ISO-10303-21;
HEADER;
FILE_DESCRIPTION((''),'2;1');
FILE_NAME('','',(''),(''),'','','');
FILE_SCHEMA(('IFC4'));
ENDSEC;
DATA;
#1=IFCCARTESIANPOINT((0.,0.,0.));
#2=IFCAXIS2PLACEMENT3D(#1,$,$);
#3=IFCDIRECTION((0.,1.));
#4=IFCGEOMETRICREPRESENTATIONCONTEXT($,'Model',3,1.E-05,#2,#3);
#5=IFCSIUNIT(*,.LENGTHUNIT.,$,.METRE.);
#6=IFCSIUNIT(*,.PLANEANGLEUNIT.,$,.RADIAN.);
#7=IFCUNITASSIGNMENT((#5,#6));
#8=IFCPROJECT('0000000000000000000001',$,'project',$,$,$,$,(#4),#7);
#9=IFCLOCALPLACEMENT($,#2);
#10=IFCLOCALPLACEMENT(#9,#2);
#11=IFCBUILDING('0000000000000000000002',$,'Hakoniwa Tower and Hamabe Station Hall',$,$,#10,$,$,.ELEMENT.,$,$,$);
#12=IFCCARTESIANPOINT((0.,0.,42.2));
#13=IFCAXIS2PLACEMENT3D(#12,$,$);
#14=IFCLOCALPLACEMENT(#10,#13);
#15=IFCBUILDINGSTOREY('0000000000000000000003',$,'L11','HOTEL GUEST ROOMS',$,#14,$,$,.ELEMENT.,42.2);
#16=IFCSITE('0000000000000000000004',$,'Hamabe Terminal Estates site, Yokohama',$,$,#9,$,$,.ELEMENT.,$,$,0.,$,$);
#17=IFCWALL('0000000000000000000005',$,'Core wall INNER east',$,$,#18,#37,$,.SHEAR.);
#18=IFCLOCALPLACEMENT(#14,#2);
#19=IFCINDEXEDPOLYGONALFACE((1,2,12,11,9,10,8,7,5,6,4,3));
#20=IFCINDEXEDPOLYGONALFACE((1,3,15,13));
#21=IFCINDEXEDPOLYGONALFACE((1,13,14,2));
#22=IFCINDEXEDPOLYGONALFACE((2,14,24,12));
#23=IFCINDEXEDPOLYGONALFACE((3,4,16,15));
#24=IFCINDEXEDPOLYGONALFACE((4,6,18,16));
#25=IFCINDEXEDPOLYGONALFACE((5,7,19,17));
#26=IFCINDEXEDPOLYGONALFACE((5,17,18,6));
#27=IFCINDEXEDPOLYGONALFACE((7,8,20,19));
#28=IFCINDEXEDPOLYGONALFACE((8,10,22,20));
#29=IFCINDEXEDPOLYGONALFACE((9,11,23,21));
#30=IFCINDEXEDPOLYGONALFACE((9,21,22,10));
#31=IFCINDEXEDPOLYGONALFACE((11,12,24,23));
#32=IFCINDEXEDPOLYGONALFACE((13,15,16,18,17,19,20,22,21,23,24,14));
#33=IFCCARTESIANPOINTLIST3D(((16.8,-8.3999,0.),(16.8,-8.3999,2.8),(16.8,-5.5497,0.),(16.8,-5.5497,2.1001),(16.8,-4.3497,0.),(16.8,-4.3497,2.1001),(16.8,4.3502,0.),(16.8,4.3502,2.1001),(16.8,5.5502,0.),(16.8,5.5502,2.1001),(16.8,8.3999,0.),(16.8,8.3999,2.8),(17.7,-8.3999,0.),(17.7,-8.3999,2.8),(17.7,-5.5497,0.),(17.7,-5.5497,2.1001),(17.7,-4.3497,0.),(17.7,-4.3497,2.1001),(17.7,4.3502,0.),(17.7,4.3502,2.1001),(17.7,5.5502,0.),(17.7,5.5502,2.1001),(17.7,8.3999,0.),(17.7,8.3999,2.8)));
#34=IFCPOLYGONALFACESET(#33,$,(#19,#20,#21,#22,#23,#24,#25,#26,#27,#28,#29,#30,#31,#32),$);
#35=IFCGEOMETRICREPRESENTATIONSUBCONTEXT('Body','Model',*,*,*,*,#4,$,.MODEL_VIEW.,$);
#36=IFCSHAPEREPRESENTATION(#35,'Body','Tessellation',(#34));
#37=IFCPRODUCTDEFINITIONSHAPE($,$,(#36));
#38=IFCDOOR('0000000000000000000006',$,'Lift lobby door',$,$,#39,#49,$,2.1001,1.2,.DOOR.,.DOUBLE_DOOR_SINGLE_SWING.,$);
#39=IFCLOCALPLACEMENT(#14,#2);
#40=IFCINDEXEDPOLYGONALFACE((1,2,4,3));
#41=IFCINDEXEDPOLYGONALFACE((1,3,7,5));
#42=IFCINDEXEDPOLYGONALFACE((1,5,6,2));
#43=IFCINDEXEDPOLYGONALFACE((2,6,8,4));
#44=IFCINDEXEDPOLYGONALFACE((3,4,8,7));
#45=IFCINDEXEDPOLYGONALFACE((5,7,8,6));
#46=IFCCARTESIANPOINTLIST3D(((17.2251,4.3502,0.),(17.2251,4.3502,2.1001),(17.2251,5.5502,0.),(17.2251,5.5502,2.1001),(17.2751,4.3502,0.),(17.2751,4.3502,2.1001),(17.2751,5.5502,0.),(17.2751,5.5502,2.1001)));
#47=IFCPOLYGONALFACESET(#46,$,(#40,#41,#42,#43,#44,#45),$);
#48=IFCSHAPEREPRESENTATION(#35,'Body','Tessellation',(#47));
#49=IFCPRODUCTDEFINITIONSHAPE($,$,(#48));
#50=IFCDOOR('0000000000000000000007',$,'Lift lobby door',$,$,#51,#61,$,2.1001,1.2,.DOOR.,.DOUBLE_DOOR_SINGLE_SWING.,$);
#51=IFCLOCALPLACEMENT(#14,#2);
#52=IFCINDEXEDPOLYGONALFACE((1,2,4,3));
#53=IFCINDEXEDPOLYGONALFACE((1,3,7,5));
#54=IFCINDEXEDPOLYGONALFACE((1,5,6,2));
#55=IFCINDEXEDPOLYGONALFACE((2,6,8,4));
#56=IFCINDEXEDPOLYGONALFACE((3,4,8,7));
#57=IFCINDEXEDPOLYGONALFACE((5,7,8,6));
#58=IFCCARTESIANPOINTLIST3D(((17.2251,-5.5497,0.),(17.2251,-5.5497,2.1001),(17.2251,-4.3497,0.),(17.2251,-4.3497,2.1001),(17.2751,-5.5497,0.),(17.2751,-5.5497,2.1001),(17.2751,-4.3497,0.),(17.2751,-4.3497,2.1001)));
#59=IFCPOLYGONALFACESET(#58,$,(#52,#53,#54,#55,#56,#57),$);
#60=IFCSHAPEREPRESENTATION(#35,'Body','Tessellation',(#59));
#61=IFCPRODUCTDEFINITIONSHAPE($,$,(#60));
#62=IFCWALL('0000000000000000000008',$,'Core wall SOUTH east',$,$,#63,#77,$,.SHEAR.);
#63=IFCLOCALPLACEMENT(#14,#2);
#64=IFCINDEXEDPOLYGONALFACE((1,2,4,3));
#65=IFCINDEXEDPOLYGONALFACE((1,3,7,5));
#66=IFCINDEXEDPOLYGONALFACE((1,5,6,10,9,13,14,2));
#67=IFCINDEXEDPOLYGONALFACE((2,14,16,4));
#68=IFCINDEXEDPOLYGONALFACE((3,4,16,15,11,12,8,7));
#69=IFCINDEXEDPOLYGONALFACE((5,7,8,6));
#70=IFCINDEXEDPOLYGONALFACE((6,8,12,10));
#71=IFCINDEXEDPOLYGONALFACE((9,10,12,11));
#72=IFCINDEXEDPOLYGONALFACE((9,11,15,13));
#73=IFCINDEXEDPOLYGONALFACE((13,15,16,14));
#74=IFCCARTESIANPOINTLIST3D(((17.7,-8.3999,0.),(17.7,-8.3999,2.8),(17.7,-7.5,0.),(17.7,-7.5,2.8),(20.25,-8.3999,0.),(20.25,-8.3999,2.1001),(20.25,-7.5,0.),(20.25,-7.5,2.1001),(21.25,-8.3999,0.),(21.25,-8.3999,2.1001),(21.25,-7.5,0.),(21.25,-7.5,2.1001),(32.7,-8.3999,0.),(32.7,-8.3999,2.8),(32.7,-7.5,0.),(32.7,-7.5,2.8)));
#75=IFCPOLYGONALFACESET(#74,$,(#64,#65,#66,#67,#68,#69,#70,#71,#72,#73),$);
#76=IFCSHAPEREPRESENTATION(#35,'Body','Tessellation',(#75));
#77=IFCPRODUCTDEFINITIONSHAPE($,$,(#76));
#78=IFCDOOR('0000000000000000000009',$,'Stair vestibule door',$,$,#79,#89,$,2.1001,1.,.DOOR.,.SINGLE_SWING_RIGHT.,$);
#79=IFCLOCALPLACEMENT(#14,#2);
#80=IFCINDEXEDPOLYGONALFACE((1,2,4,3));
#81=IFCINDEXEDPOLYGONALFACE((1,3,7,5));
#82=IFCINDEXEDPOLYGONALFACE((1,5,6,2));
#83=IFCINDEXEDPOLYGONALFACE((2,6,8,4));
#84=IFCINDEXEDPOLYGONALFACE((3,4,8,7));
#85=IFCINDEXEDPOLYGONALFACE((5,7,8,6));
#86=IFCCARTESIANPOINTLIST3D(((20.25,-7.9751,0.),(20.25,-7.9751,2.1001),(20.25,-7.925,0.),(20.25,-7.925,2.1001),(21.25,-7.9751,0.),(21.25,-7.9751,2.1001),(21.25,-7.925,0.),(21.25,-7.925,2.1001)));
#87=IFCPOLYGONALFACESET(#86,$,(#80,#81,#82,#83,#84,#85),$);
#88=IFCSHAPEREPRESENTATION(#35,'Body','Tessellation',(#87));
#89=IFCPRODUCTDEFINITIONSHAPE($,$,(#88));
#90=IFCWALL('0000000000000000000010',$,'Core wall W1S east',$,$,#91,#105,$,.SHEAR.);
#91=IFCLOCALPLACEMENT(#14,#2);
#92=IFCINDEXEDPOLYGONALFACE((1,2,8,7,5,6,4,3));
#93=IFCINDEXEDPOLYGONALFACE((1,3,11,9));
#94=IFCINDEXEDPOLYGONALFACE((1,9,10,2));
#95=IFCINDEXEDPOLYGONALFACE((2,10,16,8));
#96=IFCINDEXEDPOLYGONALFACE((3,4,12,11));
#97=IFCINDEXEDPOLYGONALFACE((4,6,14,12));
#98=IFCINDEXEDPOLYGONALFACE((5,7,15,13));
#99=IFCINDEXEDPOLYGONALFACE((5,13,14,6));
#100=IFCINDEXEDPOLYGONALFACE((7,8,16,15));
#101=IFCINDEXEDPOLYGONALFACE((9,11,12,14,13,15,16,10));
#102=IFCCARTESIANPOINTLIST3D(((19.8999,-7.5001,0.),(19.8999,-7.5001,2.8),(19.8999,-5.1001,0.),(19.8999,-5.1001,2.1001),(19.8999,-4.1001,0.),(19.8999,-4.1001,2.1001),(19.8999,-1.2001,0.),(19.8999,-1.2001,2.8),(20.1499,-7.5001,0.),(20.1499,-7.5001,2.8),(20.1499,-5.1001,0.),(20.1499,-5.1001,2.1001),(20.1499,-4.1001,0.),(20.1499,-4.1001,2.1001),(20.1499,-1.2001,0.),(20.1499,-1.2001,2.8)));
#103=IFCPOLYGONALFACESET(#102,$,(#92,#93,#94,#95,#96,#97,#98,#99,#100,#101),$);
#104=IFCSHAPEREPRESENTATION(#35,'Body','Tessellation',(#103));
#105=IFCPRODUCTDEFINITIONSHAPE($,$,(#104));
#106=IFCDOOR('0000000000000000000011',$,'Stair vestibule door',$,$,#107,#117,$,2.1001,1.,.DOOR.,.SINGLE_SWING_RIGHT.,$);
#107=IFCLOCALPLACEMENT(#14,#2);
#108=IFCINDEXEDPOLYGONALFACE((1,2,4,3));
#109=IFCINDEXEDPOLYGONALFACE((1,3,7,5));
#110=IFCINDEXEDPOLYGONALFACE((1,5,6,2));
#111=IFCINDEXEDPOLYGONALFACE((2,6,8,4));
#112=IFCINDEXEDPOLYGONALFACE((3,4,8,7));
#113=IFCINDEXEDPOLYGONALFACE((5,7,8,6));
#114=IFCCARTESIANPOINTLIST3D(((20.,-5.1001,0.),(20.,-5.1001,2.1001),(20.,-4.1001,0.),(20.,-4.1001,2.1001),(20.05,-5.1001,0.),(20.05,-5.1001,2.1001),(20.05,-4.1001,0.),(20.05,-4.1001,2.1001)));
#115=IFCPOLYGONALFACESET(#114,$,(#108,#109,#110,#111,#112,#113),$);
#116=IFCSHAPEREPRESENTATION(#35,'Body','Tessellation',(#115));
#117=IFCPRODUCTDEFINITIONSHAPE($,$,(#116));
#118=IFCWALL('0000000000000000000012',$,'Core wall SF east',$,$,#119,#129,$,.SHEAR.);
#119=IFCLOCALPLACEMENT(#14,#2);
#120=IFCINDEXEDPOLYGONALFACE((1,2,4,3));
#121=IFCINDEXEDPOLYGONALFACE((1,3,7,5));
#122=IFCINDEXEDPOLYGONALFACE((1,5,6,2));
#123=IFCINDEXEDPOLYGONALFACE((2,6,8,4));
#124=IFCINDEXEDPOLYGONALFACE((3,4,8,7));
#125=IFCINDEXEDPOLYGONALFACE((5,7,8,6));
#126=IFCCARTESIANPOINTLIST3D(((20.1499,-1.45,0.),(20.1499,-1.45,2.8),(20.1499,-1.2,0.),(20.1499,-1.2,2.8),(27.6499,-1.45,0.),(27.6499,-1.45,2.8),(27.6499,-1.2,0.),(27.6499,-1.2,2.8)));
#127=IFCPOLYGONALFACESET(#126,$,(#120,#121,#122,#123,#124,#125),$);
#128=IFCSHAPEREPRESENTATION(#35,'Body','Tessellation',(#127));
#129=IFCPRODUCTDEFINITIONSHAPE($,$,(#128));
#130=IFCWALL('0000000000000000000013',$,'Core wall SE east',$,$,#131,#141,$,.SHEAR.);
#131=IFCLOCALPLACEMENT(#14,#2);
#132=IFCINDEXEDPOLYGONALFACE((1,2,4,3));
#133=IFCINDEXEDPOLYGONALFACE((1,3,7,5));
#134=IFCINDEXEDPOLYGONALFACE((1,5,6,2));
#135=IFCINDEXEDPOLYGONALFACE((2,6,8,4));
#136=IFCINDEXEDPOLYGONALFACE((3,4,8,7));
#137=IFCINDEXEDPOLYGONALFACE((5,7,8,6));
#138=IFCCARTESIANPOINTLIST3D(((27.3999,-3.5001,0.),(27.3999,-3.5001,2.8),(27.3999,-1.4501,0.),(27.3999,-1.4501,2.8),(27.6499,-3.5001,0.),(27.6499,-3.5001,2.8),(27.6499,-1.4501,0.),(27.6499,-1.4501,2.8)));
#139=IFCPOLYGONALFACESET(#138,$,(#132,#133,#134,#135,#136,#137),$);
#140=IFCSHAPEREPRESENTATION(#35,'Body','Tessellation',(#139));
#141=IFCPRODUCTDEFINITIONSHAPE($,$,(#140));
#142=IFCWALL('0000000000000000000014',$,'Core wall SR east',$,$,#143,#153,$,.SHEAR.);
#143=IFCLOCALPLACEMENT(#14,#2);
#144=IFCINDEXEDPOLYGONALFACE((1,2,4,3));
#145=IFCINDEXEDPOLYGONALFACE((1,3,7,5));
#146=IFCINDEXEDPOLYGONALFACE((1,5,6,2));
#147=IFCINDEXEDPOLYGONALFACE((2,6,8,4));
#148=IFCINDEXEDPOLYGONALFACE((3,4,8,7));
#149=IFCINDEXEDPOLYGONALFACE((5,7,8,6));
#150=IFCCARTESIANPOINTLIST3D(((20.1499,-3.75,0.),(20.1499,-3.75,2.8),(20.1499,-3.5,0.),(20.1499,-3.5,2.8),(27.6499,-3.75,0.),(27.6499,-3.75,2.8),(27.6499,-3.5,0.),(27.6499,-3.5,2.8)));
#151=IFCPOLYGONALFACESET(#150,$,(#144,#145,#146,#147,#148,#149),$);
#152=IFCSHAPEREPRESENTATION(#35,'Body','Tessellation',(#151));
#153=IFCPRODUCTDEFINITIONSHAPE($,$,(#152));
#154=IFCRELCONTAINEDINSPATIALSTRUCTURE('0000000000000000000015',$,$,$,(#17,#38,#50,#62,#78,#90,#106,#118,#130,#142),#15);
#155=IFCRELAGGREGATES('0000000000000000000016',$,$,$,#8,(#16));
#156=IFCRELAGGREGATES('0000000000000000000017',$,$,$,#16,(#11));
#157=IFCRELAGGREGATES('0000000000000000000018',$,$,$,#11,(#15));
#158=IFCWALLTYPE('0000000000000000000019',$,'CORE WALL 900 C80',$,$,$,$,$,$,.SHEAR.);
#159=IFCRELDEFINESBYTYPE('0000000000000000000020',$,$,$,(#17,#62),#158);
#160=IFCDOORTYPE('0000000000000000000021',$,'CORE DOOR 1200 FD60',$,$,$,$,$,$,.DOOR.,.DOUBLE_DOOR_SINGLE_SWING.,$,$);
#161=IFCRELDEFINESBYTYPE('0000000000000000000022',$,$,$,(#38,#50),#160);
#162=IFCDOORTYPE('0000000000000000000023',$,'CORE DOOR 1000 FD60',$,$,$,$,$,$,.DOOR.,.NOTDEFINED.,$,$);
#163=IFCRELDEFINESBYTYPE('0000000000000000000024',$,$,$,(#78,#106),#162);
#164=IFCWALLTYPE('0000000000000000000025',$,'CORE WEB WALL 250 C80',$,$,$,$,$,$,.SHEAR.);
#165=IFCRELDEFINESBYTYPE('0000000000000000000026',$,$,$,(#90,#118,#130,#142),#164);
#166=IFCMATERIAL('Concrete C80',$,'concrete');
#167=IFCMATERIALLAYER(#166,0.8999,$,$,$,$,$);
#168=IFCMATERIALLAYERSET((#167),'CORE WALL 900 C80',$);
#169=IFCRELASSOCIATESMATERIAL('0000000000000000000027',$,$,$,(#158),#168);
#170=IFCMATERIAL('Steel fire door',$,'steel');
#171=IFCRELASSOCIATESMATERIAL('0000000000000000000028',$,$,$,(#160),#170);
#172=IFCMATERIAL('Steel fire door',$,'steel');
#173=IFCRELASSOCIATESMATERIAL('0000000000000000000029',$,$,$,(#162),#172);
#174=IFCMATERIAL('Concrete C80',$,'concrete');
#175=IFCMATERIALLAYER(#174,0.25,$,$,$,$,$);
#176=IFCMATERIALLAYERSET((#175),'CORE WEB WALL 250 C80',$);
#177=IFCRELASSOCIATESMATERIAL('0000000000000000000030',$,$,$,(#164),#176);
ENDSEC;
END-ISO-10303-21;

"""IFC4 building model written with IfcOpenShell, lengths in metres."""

from ifc_helpers import new_model, si_unit, direction, frame, frame_2d, origin, place, context, subcontext, project, spatial, rectangle, extrude, material, layer, layer_set, type_object, element, fill, save


model = new_model("IFC4")

# Units and contexts
model_context = context("Model", 3, precision=1e-05, world=origin(), true_north=direction((0.0, 1.0)))
body_context = subcontext(model_context, "Body", "Model", "MODEL_VIEW")
ifc_project = project(units=[si_unit("LENGTHUNIT", "METRE"), si_unit("PLANEANGLEUNIT", "RADIAN")], contexts=[model_context])

# Site, building, storey
site_placement = place(None, origin())
site = spatial("IfcSite", under=ifc_project, at=site_placement, Name="Hamabe Terminal Estates site, Yokohama", CompositionType="ELEMENT", RefElevation=0.0)
building_placement = place(site_placement, origin())
building = spatial("IfcBuilding", under=site, at=building_placement, Name="Hakoniwa Tower and Hamabe Station Hall", CompositionType="ELEMENT")
storey_placement = place(building_placement, frame((0.0, 0.0, 42.2)))
storey = spatial("IfcBuildingStorey", under=building, at=storey_placement, Name="L11", Description="HOTEL GUEST ROOMS", CompositionType="ELEMENT", Elevation=42.2)

# Wall, openings, doors
ifc_material_1 = material(Name="Concrete C80", Category="concrete")
ifc_layer_1 = layer(ifc_material_1, 0.8999)
ifc_layer_set_1 = layer_set([ifc_layer_1], Name="CORE WALL 900 C80")
wall_type_1 = type_object("IfcWallType", Name="CORE WALL 900 C80", PredefinedType="SHEAR", material=ifc_layer_set_1)
wall_1_placement = place(storey_placement, frame((17.25, -8.3999, 0.0), z_axis=(0.0, 0.0, 1.0), x_axis=(0.0, 1.0, 0.0)))
wall_1 = element("IfcWall", 1, at=wall_1_placement, inside=storey, type_object=wall_type_1, Name="Core wall INNER east", PredefinedType="SHEAR", context=body_context, shape_type="SweptSolid", body=[
    extrude(rectangle(XDim=16.7998, YDim=0.8999, at=frame_2d((8.3999, 0.0))), origin(), (0.0, 0.0, 1.0), 2.8),
])
opening_1_placement = place(wall_1_placement, frame((12.75, 0.0, 0.0)))
opening_1 = element("IfcOpeningElement", 2, at=opening_1_placement, cuts=wall_1, PredefinedType="OPENING", context=body_context, shape_type="SweptSolid", body=[
    extrude(rectangle(XDim=1.2, YDim=2.1001, at=frame_2d((0.6001, 1.05))), frame((0.0, 0.46, 0.0), z_axis=(0.0, -1.0, 0.0), x_axis=(1.0, 0.0, 0.0)), (0.0, 0.0, 1.0), 0.9199),
])
opening_2_placement = place(wall_1_placement, frame((2.8501, 0.0, 0.0)))
opening_2 = element("IfcOpeningElement", 3, at=opening_2_placement, cuts=wall_1, PredefinedType="OPENING", context=body_context, shape_type="SweptSolid", body=[
    extrude(rectangle(XDim=1.2, YDim=2.1001, at=frame_2d((0.6001, 1.05))), frame((0.0, 0.46, 0.0), z_axis=(0.0, -1.0, 0.0), x_axis=(1.0, 0.0, 0.0)), (0.0, 0.0, 1.0), 0.9199),
])
ifc_material_2 = material(Name="Steel fire door", Category="steel")
door_type_1 = type_object("IfcDoorType", Name="CORE DOOR 1200 FD60", OperationType="DOUBLE_DOOR_SINGLE_SWING", PredefinedType="DOOR", material=ifc_material_2)
door_1_placement = place(opening_1_placement, origin())
door_1 = element("IfcDoor", 4, at=door_1_placement, inside=storey, type_object=door_type_1, Name="Lift lobby door", OperationType="DOUBLE_DOOR_SINGLE_SWING", OverallHeight=2.1001, OverallWidth=1.2, PredefinedType="DOOR", context=body_context, shape_type="SweptSolid", body=[
    extrude(rectangle(XDim=1.2, YDim=2.1001, at=frame_2d((0.6001, 1.05))), frame((0.0, 0.0249, 0.0), z_axis=(0.0, -1.0, 0.0), x_axis=(1.0, 0.0, 0.0)), (0.0, 0.0, 1.0), 0.05),
])
fill(opening_1, door_1)
door_2_placement = place(opening_2_placement, origin())
door_2 = element("IfcDoor", 5, at=door_2_placement, inside=storey, type_object=door_type_1, Name="Lift lobby door", OperationType="DOUBLE_DOOR_SINGLE_SWING", OverallHeight=2.1001, OverallWidth=1.2, PredefinedType="DOOR", context=body_context, shape_type="SweptSolid", body=[
    extrude(rectangle(XDim=1.2, YDim=2.1001, at=frame_2d((0.6001, 1.05))), frame((0.0, 0.0249, 0.0), z_axis=(0.0, -1.0, 0.0), x_axis=(1.0, 0.0, 0.0)), (0.0, 0.0, 1.0), 0.05),
])
fill(opening_2, door_2)

# Walls, openings, doors
wall_2_placement = place(storey_placement, frame((17.7, -7.95, 0.0), z_axis=(0.0, 0.0, 1.0), x_axis=(1.0, 0.0, 0.0)))
wall_2 = element("IfcWall", 6, at=wall_2_placement, inside=storey, type_object=wall_type_1, Name="Core wall SOUTH east", PredefinedType="SHEAR", context=body_context, shape_type="SweptSolid", body=[
    extrude(rectangle(XDim=15.0, YDim=0.8999, at=frame_2d((7.5, 0.0))), origin(), (0.0, 0.0, 1.0), 2.8),
])
opening_3_placement = place(wall_2_placement, frame((2.55, 0.0, 0.0)))
opening_3 = element("IfcOpeningElement", 7, at=opening_3_placement, cuts=wall_2, PredefinedType="OPENING", context=body_context, shape_type="SweptSolid", body=[
    extrude(rectangle(XDim=1.0, YDim=2.1001, at=frame_2d((0.5, 1.05))), frame((0.0, 0.46, 0.0), z_axis=(0.0, -1.0, 0.0), x_axis=(1.0, 0.0, 0.0)), (0.0, 0.0, 1.0), 0.9199),
])
ifc_material_3 = material(Name="Steel fire door", Category="steel")
door_type_2 = type_object("IfcDoorType", Name="CORE DOOR 1000 FD60", OperationType="NOTDEFINED", PredefinedType="DOOR", material=ifc_material_3)
door_3_placement = place(opening_3_placement, origin())
door_3 = element("IfcDoor", 8, at=door_3_placement, inside=storey, type_object=door_type_2, Name="Stair vestibule door", OperationType="SINGLE_SWING_RIGHT", OverallHeight=2.1001, OverallWidth=1.0, PredefinedType="DOOR", context=body_context, shape_type="SweptSolid", body=[
    extrude(rectangle(XDim=1.0, YDim=2.1001, at=frame_2d((0.5, 1.05))), frame((0.0, 0.0249, 0.0), z_axis=(0.0, -1.0, 0.0), x_axis=(1.0, 0.0, 0.0)), (0.0, 0.0, 1.0), 0.05),
])
fill(opening_3, door_3)
ifc_material_4 = material(Name="Concrete C80", Category="concrete")
ifc_layer_2 = layer(ifc_material_4, 0.25)
ifc_layer_set_2 = layer_set([ifc_layer_2], Name="CORE WEB WALL 250 C80")
wall_type_2 = type_object("IfcWallType", Name="CORE WEB WALL 250 C80", PredefinedType="SHEAR", material=ifc_layer_set_2)
wall_3_placement = place(storey_placement, frame((20.0249, -7.5, 0.0), z_axis=(0.0, 0.0, 1.0), x_axis=(0.0, 1.0, 0.0)))
wall_3 = element("IfcWall", 9, at=wall_3_placement, inside=storey, type_object=wall_type_2, Name="Core wall W1S east", PredefinedType="SHEAR", context=body_context, shape_type="SweptSolid", body=[
    extrude(rectangle(XDim=6.3, YDim=0.25, at=frame_2d((3.1499, 0.0))), origin(), (0.0, 0.0, 1.0), 2.8),
])
opening_4_placement = place(wall_3_placement, frame((2.3999, 0.0, 0.0)))
opening_4 = element("IfcOpeningElement", 10, at=opening_4_placement, cuts=wall_3, PredefinedType="OPENING", context=body_context, shape_type="SweptSolid", body=[
    extrude(rectangle(XDim=1.0, YDim=2.1001, at=frame_2d((0.5, 1.05))), frame((0.0, 0.135, 0.0), z_axis=(0.0, -1.0, 0.0), x_axis=(1.0, 0.0, 0.0)), (0.0, 0.0, 1.0), 0.27),
])
door_4_placement = place(opening_4_placement, origin())
door_4 = element("IfcDoor", 11, at=door_4_placement, inside=storey, type_object=door_type_2, Name="Stair vestibule door", OperationType="SINGLE_SWING_RIGHT", OverallHeight=2.1001, OverallWidth=1.0, PredefinedType="DOOR", context=body_context, shape_type="SweptSolid", body=[
    extrude(rectangle(XDim=1.0, YDim=2.1001, at=frame_2d((0.5, 1.05))), frame((0.0, 0.0249, 0.0), z_axis=(0.0, -1.0, 0.0), x_axis=(1.0, 0.0, 0.0)), (0.0, 0.0, 1.0), 0.05),
])
fill(opening_4, door_4)

# Walls
wall_4_placement = place(storey_placement, frame((20.1499, -1.325, 0.0), z_axis=(0.0, 0.0, 1.0), x_axis=(1.0, 0.0, 0.0)))
element("IfcWall", 12, at=wall_4_placement, inside=storey, type_object=wall_type_2, Name="Core wall SF east", PredefinedType="SHEAR", context=body_context, shape_type="SweptSolid", body=[
    extrude(rectangle(XDim=7.5, YDim=0.25, at=frame_2d((3.75, 0.0))), origin(), (0.0, 0.0, 1.0), 2.8),
])
wall_5_placement = place(storey_placement, frame((27.5249, -3.5, 0.0), z_axis=(0.0, 0.0, 1.0), x_axis=(0.0, 1.0, 0.0)))
element("IfcWall", 13, at=wall_5_placement, inside=storey, type_object=wall_type_2, Name="Core wall SE east", PredefinedType="SHEAR", context=body_context, shape_type="SweptSolid", body=[
    extrude(rectangle(XDim=2.05, YDim=0.25, at=frame_2d((1.0249, 0.0))), origin(), (0.0, 0.0, 1.0), 2.8),
])
wall_6_placement = place(storey_placement, frame((20.1499, -3.625, 0.0), z_axis=(0.0, 0.0, 1.0), x_axis=(1.0, 0.0, 0.0)))
element("IfcWall", 14, at=wall_6_placement, inside=storey, type_object=wall_type_2, Name="Core wall SR east", PredefinedType="SHEAR", context=body_context, shape_type="SweptSolid", body=[
    extrude(rectangle(XDim=7.5, YDim=0.25, at=frame_2d((3.75, 0.0))), origin(), (0.0, 0.0, 1.0), 2.8),
])

save(model, "model.ifc")
